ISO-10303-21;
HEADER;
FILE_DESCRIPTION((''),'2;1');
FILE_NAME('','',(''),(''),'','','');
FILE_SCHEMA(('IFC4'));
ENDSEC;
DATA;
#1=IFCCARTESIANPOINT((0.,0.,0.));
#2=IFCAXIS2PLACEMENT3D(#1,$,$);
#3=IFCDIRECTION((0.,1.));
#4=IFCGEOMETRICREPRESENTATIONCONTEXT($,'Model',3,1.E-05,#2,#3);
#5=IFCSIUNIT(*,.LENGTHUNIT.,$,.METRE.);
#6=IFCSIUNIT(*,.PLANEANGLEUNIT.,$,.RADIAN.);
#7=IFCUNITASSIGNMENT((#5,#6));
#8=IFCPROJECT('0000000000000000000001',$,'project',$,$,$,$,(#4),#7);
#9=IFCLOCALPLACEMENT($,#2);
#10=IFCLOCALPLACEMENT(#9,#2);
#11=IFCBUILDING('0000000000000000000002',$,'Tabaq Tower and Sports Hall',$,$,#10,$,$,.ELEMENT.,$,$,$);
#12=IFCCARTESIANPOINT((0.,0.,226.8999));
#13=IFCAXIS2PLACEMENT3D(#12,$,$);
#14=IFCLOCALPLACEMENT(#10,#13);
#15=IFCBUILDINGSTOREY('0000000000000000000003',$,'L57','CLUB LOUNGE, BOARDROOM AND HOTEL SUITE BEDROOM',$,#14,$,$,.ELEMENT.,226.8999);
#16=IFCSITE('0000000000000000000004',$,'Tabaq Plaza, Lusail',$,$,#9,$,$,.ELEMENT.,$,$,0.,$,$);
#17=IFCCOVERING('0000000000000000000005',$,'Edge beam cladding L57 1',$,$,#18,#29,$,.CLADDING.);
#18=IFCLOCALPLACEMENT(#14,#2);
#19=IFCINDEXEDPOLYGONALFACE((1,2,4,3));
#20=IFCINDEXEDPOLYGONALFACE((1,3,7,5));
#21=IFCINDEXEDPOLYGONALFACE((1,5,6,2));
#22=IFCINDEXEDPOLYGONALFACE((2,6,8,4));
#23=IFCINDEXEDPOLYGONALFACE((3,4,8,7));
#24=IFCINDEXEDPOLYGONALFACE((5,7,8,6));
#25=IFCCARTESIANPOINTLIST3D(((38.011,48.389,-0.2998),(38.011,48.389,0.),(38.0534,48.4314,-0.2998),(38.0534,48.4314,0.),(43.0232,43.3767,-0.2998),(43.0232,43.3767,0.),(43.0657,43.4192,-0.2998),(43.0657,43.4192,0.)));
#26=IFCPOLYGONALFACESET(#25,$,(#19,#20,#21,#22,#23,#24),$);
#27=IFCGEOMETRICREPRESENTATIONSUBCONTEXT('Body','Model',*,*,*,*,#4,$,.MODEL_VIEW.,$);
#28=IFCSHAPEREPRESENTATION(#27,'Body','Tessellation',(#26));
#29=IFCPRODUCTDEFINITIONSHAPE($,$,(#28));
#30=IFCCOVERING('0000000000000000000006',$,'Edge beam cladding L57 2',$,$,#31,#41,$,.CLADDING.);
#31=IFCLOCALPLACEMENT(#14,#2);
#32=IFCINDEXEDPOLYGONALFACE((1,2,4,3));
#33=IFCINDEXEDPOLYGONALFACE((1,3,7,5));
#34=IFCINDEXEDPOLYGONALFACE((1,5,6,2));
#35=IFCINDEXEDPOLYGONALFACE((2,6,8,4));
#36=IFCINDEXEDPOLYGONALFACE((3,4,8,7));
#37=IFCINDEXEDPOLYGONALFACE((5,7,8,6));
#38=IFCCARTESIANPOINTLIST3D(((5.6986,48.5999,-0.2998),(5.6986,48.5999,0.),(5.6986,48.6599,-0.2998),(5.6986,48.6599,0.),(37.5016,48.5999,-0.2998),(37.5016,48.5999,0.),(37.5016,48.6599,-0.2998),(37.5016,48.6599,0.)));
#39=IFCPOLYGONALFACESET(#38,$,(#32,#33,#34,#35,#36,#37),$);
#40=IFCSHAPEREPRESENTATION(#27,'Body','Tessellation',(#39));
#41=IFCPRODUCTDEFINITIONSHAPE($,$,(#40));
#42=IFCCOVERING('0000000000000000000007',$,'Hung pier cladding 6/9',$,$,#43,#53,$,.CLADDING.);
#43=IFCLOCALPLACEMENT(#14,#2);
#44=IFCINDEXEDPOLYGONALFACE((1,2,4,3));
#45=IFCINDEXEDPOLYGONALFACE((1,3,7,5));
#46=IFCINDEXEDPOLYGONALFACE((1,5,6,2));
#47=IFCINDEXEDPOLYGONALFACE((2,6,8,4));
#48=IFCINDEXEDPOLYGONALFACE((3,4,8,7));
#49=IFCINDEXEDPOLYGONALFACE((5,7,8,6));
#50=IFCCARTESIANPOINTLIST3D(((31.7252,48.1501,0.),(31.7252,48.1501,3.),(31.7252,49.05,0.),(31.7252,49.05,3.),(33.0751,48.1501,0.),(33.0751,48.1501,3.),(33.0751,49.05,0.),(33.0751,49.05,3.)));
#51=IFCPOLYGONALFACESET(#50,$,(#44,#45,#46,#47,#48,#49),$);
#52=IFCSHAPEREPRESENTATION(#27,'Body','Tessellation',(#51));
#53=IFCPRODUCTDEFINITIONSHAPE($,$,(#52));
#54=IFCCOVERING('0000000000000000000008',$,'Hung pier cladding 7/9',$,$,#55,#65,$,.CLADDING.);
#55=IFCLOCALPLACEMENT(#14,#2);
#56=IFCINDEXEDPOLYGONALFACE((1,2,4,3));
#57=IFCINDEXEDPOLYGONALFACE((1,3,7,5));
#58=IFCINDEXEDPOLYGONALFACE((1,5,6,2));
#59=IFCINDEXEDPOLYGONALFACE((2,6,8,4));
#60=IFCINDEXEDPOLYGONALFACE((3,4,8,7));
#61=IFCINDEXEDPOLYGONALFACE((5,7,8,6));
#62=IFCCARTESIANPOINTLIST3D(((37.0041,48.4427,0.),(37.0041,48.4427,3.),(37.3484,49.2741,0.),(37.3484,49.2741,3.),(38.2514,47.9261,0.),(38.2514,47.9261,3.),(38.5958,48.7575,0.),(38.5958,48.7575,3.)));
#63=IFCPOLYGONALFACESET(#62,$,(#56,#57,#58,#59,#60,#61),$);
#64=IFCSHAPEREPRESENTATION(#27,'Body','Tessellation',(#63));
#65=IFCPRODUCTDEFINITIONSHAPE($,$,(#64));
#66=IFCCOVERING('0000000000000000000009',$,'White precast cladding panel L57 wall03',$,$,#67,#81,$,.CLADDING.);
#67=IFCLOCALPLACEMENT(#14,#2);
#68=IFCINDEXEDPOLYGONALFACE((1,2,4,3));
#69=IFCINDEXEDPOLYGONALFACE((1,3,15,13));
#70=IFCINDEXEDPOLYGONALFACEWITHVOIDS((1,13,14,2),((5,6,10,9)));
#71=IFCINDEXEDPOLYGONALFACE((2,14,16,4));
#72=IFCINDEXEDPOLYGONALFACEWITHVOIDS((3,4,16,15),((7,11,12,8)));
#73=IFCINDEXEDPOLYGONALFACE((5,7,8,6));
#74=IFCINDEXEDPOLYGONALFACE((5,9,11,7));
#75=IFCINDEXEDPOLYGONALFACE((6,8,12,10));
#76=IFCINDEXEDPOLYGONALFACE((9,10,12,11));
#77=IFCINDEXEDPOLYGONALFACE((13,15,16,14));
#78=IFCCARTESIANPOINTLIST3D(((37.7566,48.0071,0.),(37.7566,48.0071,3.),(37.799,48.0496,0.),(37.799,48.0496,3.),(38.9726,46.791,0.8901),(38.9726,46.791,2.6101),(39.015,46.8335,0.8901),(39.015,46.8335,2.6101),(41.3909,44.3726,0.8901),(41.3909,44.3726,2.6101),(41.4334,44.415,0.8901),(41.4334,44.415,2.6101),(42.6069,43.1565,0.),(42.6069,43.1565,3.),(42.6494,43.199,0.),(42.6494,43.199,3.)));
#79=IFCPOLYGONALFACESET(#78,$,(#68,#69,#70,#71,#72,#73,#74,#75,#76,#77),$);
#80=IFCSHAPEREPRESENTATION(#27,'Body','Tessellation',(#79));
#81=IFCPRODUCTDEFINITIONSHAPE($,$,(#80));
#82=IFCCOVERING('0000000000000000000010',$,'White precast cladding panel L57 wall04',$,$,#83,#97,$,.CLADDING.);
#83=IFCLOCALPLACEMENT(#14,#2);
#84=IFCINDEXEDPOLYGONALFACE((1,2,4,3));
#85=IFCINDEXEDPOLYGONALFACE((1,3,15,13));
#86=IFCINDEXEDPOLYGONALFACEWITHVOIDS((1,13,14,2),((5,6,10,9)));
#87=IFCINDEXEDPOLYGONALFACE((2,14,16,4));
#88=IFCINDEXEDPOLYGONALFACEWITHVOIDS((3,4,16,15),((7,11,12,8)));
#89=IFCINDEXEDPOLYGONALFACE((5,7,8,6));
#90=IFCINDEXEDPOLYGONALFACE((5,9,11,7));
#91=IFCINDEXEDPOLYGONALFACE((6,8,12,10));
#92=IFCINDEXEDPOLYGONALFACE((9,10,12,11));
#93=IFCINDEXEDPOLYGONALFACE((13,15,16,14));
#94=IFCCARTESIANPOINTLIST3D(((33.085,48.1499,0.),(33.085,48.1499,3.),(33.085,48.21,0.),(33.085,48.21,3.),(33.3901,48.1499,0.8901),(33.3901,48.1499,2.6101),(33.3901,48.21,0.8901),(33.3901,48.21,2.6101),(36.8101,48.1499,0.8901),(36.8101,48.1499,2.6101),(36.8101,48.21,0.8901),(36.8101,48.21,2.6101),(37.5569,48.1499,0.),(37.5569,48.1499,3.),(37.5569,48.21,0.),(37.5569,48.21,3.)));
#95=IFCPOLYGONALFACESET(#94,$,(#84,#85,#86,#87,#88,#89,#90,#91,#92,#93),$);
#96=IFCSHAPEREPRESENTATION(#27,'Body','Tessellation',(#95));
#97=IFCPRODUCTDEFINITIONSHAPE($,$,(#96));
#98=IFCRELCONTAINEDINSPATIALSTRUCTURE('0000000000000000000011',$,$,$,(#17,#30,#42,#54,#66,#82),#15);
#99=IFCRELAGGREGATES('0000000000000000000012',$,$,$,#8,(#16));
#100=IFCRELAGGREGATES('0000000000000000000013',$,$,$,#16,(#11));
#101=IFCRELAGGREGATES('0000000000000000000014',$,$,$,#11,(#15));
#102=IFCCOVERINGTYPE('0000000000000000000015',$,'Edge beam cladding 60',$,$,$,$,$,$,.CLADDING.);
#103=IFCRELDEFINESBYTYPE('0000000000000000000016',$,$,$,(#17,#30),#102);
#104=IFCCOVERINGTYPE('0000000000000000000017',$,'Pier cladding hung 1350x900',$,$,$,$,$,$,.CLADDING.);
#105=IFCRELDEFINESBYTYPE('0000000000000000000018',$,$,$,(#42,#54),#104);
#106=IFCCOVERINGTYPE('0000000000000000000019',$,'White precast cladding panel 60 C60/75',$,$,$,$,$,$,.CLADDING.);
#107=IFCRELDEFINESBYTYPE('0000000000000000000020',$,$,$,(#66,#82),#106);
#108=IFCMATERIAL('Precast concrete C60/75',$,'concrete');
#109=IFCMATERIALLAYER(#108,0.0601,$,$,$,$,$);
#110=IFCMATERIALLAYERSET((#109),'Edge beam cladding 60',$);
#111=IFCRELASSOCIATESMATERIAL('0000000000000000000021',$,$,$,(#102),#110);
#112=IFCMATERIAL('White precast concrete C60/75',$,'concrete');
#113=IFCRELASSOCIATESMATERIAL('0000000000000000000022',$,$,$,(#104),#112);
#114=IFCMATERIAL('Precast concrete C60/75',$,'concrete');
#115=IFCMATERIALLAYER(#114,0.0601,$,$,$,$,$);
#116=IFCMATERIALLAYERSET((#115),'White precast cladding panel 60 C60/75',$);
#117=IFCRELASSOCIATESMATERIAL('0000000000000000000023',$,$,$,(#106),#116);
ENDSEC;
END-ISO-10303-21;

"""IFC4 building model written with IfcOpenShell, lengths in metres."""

from ifc_helpers import new_model, si_unit, direction, frame, frame_2d, origin, place, context, subcontext, project, spatial, polyline, rectangle, outline, extrude, material, layer, layer_set, type_object, element, save


model = new_model("IFC4")

# Units and contexts
model_context = context("Model", 3, precision=1e-05, world=origin(), true_north=direction((0.0, 1.0)))
body_context = subcontext(model_context, "Body", "Model", "MODEL_VIEW")
ifc_project = project(units=[si_unit("LENGTHUNIT", "METRE"), si_unit("PLANEANGLEUNIT", "RADIAN")], contexts=[model_context])

# Site, building, storey
site_placement = place(None, origin())
site = spatial("IfcSite", under=ifc_project, at=site_placement, Name="Tabaq Plaza, Lusail", CompositionType="ELEMENT", RefElevation=0.0)
building_placement = place(site_placement, origin())
building = spatial("IfcBuilding", under=site, at=building_placement, Name="Tabaq Tower and Sports Hall", CompositionType="ELEMENT")
storey_placement = place(building_placement, frame((0.0, 0.0, 226.8999)))
storey = spatial("IfcBuildingStorey", under=building, at=storey_placement, Name="L57", Description="CLUB LOUNGE, BOARDROOM AND HOTEL SUITE BEDROOM", CompositionType="ELEMENT", Elevation=226.8999)

# Coverings
ifc_material_1 = material(Name="Precast concrete C60/75", Category="concrete")
ifc_layer_1 = layer(ifc_material_1, 0.0601)
ifc_layer_set_1 = layer_set([ifc_layer_1], Name="Edge beam cladding 60")
covering_type_1 = type_object("IfcCoveringType", Name="Edge beam cladding 60", PredefinedType="CLADDING", material=ifc_layer_set_1)
covering_1_placement = place(storey_placement, frame((43.0444, 43.3979, -0.2998), z_axis=(0.0, 0.0, 1.0), x_axis=(-0.707107, 0.707107, 0.0)))
element("IfcCovering", 1, at=covering_1_placement, inside=storey, type_object=covering_type_1, Name="Edge beam cladding L57 1", PredefinedType="CLADDING", context=body_context, shape_type="SweptSolid", body=[
    extrude(rectangle(XDim=7.0884, YDim=0.0601, at=frame_2d((3.5442, 0.0))), origin(), (0.0, 0.0, 1.0), 0.2998),
])
covering_2_placement = place(storey_placement, frame((37.5015, 48.6299, -0.2998), z_axis=(0.0, 0.0, 1.0), x_axis=(-1.0, 0.0, 0.0)))
element("IfcCovering", 2, at=covering_2_placement, inside=storey, type_object=covering_type_1, Name="Edge beam cladding L57 2", PredefinedType="CLADDING", context=body_context, shape_type="SweptSolid", body=[
    extrude(rectangle(XDim=31.803, YDim=0.0601, at=frame_2d((15.9014, 0.0))), origin(), (0.0, 0.0, 1.0), 0.2998),
])
ifc_material_2 = material(Name="White precast concrete C60/75", Category="concrete")
covering_type_2 = type_object("IfcCoveringType", Name="Pier cladding hung 1350x900", PredefinedType="CLADDING", material=ifc_material_2)
covering_3_placement = place(storey_placement, frame((33.075, 48.6001, 0.0), z_axis=(0.0, 0.0, 1.0), x_axis=(-1.0, 0.0, 0.0)))
element("IfcCovering", 3, at=covering_3_placement, inside=storey, type_object=covering_type_2, Name="Hung pier cladding 6/9", PredefinedType="CLADDING", context=body_context, shape_type="SweptSolid", body=[
    extrude(rectangle(XDim=1.3499, YDim=0.8999, at=frame_2d((0.6748, 0.0))), origin(), (0.0, 0.0, 1.0), 3.0),
])
covering_4_placement = place(storey_placement, frame((38.4236, 48.3418, 0.0), z_axis=(0.0, 0.0, 1.0), x_axis=(-0.923893, 0.38265, 0.0)))
element("IfcCovering", 4, at=covering_4_placement, inside=storey, type_object=covering_type_2, Name="Hung pier cladding 7/9", PredefinedType="CLADDING", context=body_context, shape_type="SweptSolid", body=[
    extrude(rectangle(XDim=1.3501, YDim=0.8999, at=frame_2d((0.675, 0.0))), origin(), (0.0, 0.0, 1.0), 3.0),
])
ifc_material_3 = material(Name="Precast concrete C60/75", Category="concrete")
ifc_layer_2 = layer(ifc_material_3, 0.0601)
ifc_layer_set_2 = layer_set([ifc_layer_2], Name="White precast cladding panel 60 C60/75")
covering_type_3 = type_object("IfcCoveringType", Name="White precast cladding panel 60 C60/75", PredefinedType="CLADDING", material=ifc_layer_set_2)
covering_5_placement = place(storey_placement, frame((42.6282, 43.1777, 0.0), z_axis=(0.0, 0.0, 1.0), x_axis=(-0.707089, 0.707125, 0.0)))
element("IfcCovering", 5, at=covering_5_placement, inside=storey, type_object=covering_type_3, Name="White precast cladding panel L57 wall03", PredefinedType="CLADDING", context=body_context, shape_type="SweptSolid", body=[
    extrude(outline(polyline([(0.0, 0.0), (6.8596, 0.0), (6.8596, 3.0), (0.0, 3.0), (0.0, 0.0)]), holes=[polyline([(1.7197, 0.8901), (1.7197, 2.6101), (5.1399, 2.6101), (5.1399, 0.8901), (1.7197, 0.8901)])]), frame((0.0, 0.03, 0.0), z_axis=(0.0, -1.0, 0.0), x_axis=(1.0, 0.0, 0.0)), (0.0, 0.0, 1.0), 0.0601),
])
covering_6_placement = place(storey_placement, frame((37.5569, 48.1799, 0.0), z_axis=(0.0, 0.0, 1.0), x_axis=(-1.0, 0.0, 0.0)))
element("IfcCovering", 6, at=covering_6_placement, inside=storey, type_object=covering_type_3, Name="White precast cladding panel L57 wall04", PredefinedType="CLADDING", context=body_context, shape_type="SweptSolid", body=[
    extrude(outline(polyline([(0.0, 0.0), (4.4719, 0.0), (4.4719, 3.0), (0.0, 3.0), (0.0, 0.0)]), holes=[polyline([(0.7468, 0.8901), (0.7468, 2.6101), (4.1667, 2.6101), (4.1667, 0.8901), (0.7468, 0.8901)])]), frame((0.0, 0.03, 0.0), z_axis=(0.0, -1.0, 0.0), x_axis=(1.0, 0.0, 0.0)), (0.0, 0.0, 1.0), 0.0601),
])

save(model, "model.ifc")
